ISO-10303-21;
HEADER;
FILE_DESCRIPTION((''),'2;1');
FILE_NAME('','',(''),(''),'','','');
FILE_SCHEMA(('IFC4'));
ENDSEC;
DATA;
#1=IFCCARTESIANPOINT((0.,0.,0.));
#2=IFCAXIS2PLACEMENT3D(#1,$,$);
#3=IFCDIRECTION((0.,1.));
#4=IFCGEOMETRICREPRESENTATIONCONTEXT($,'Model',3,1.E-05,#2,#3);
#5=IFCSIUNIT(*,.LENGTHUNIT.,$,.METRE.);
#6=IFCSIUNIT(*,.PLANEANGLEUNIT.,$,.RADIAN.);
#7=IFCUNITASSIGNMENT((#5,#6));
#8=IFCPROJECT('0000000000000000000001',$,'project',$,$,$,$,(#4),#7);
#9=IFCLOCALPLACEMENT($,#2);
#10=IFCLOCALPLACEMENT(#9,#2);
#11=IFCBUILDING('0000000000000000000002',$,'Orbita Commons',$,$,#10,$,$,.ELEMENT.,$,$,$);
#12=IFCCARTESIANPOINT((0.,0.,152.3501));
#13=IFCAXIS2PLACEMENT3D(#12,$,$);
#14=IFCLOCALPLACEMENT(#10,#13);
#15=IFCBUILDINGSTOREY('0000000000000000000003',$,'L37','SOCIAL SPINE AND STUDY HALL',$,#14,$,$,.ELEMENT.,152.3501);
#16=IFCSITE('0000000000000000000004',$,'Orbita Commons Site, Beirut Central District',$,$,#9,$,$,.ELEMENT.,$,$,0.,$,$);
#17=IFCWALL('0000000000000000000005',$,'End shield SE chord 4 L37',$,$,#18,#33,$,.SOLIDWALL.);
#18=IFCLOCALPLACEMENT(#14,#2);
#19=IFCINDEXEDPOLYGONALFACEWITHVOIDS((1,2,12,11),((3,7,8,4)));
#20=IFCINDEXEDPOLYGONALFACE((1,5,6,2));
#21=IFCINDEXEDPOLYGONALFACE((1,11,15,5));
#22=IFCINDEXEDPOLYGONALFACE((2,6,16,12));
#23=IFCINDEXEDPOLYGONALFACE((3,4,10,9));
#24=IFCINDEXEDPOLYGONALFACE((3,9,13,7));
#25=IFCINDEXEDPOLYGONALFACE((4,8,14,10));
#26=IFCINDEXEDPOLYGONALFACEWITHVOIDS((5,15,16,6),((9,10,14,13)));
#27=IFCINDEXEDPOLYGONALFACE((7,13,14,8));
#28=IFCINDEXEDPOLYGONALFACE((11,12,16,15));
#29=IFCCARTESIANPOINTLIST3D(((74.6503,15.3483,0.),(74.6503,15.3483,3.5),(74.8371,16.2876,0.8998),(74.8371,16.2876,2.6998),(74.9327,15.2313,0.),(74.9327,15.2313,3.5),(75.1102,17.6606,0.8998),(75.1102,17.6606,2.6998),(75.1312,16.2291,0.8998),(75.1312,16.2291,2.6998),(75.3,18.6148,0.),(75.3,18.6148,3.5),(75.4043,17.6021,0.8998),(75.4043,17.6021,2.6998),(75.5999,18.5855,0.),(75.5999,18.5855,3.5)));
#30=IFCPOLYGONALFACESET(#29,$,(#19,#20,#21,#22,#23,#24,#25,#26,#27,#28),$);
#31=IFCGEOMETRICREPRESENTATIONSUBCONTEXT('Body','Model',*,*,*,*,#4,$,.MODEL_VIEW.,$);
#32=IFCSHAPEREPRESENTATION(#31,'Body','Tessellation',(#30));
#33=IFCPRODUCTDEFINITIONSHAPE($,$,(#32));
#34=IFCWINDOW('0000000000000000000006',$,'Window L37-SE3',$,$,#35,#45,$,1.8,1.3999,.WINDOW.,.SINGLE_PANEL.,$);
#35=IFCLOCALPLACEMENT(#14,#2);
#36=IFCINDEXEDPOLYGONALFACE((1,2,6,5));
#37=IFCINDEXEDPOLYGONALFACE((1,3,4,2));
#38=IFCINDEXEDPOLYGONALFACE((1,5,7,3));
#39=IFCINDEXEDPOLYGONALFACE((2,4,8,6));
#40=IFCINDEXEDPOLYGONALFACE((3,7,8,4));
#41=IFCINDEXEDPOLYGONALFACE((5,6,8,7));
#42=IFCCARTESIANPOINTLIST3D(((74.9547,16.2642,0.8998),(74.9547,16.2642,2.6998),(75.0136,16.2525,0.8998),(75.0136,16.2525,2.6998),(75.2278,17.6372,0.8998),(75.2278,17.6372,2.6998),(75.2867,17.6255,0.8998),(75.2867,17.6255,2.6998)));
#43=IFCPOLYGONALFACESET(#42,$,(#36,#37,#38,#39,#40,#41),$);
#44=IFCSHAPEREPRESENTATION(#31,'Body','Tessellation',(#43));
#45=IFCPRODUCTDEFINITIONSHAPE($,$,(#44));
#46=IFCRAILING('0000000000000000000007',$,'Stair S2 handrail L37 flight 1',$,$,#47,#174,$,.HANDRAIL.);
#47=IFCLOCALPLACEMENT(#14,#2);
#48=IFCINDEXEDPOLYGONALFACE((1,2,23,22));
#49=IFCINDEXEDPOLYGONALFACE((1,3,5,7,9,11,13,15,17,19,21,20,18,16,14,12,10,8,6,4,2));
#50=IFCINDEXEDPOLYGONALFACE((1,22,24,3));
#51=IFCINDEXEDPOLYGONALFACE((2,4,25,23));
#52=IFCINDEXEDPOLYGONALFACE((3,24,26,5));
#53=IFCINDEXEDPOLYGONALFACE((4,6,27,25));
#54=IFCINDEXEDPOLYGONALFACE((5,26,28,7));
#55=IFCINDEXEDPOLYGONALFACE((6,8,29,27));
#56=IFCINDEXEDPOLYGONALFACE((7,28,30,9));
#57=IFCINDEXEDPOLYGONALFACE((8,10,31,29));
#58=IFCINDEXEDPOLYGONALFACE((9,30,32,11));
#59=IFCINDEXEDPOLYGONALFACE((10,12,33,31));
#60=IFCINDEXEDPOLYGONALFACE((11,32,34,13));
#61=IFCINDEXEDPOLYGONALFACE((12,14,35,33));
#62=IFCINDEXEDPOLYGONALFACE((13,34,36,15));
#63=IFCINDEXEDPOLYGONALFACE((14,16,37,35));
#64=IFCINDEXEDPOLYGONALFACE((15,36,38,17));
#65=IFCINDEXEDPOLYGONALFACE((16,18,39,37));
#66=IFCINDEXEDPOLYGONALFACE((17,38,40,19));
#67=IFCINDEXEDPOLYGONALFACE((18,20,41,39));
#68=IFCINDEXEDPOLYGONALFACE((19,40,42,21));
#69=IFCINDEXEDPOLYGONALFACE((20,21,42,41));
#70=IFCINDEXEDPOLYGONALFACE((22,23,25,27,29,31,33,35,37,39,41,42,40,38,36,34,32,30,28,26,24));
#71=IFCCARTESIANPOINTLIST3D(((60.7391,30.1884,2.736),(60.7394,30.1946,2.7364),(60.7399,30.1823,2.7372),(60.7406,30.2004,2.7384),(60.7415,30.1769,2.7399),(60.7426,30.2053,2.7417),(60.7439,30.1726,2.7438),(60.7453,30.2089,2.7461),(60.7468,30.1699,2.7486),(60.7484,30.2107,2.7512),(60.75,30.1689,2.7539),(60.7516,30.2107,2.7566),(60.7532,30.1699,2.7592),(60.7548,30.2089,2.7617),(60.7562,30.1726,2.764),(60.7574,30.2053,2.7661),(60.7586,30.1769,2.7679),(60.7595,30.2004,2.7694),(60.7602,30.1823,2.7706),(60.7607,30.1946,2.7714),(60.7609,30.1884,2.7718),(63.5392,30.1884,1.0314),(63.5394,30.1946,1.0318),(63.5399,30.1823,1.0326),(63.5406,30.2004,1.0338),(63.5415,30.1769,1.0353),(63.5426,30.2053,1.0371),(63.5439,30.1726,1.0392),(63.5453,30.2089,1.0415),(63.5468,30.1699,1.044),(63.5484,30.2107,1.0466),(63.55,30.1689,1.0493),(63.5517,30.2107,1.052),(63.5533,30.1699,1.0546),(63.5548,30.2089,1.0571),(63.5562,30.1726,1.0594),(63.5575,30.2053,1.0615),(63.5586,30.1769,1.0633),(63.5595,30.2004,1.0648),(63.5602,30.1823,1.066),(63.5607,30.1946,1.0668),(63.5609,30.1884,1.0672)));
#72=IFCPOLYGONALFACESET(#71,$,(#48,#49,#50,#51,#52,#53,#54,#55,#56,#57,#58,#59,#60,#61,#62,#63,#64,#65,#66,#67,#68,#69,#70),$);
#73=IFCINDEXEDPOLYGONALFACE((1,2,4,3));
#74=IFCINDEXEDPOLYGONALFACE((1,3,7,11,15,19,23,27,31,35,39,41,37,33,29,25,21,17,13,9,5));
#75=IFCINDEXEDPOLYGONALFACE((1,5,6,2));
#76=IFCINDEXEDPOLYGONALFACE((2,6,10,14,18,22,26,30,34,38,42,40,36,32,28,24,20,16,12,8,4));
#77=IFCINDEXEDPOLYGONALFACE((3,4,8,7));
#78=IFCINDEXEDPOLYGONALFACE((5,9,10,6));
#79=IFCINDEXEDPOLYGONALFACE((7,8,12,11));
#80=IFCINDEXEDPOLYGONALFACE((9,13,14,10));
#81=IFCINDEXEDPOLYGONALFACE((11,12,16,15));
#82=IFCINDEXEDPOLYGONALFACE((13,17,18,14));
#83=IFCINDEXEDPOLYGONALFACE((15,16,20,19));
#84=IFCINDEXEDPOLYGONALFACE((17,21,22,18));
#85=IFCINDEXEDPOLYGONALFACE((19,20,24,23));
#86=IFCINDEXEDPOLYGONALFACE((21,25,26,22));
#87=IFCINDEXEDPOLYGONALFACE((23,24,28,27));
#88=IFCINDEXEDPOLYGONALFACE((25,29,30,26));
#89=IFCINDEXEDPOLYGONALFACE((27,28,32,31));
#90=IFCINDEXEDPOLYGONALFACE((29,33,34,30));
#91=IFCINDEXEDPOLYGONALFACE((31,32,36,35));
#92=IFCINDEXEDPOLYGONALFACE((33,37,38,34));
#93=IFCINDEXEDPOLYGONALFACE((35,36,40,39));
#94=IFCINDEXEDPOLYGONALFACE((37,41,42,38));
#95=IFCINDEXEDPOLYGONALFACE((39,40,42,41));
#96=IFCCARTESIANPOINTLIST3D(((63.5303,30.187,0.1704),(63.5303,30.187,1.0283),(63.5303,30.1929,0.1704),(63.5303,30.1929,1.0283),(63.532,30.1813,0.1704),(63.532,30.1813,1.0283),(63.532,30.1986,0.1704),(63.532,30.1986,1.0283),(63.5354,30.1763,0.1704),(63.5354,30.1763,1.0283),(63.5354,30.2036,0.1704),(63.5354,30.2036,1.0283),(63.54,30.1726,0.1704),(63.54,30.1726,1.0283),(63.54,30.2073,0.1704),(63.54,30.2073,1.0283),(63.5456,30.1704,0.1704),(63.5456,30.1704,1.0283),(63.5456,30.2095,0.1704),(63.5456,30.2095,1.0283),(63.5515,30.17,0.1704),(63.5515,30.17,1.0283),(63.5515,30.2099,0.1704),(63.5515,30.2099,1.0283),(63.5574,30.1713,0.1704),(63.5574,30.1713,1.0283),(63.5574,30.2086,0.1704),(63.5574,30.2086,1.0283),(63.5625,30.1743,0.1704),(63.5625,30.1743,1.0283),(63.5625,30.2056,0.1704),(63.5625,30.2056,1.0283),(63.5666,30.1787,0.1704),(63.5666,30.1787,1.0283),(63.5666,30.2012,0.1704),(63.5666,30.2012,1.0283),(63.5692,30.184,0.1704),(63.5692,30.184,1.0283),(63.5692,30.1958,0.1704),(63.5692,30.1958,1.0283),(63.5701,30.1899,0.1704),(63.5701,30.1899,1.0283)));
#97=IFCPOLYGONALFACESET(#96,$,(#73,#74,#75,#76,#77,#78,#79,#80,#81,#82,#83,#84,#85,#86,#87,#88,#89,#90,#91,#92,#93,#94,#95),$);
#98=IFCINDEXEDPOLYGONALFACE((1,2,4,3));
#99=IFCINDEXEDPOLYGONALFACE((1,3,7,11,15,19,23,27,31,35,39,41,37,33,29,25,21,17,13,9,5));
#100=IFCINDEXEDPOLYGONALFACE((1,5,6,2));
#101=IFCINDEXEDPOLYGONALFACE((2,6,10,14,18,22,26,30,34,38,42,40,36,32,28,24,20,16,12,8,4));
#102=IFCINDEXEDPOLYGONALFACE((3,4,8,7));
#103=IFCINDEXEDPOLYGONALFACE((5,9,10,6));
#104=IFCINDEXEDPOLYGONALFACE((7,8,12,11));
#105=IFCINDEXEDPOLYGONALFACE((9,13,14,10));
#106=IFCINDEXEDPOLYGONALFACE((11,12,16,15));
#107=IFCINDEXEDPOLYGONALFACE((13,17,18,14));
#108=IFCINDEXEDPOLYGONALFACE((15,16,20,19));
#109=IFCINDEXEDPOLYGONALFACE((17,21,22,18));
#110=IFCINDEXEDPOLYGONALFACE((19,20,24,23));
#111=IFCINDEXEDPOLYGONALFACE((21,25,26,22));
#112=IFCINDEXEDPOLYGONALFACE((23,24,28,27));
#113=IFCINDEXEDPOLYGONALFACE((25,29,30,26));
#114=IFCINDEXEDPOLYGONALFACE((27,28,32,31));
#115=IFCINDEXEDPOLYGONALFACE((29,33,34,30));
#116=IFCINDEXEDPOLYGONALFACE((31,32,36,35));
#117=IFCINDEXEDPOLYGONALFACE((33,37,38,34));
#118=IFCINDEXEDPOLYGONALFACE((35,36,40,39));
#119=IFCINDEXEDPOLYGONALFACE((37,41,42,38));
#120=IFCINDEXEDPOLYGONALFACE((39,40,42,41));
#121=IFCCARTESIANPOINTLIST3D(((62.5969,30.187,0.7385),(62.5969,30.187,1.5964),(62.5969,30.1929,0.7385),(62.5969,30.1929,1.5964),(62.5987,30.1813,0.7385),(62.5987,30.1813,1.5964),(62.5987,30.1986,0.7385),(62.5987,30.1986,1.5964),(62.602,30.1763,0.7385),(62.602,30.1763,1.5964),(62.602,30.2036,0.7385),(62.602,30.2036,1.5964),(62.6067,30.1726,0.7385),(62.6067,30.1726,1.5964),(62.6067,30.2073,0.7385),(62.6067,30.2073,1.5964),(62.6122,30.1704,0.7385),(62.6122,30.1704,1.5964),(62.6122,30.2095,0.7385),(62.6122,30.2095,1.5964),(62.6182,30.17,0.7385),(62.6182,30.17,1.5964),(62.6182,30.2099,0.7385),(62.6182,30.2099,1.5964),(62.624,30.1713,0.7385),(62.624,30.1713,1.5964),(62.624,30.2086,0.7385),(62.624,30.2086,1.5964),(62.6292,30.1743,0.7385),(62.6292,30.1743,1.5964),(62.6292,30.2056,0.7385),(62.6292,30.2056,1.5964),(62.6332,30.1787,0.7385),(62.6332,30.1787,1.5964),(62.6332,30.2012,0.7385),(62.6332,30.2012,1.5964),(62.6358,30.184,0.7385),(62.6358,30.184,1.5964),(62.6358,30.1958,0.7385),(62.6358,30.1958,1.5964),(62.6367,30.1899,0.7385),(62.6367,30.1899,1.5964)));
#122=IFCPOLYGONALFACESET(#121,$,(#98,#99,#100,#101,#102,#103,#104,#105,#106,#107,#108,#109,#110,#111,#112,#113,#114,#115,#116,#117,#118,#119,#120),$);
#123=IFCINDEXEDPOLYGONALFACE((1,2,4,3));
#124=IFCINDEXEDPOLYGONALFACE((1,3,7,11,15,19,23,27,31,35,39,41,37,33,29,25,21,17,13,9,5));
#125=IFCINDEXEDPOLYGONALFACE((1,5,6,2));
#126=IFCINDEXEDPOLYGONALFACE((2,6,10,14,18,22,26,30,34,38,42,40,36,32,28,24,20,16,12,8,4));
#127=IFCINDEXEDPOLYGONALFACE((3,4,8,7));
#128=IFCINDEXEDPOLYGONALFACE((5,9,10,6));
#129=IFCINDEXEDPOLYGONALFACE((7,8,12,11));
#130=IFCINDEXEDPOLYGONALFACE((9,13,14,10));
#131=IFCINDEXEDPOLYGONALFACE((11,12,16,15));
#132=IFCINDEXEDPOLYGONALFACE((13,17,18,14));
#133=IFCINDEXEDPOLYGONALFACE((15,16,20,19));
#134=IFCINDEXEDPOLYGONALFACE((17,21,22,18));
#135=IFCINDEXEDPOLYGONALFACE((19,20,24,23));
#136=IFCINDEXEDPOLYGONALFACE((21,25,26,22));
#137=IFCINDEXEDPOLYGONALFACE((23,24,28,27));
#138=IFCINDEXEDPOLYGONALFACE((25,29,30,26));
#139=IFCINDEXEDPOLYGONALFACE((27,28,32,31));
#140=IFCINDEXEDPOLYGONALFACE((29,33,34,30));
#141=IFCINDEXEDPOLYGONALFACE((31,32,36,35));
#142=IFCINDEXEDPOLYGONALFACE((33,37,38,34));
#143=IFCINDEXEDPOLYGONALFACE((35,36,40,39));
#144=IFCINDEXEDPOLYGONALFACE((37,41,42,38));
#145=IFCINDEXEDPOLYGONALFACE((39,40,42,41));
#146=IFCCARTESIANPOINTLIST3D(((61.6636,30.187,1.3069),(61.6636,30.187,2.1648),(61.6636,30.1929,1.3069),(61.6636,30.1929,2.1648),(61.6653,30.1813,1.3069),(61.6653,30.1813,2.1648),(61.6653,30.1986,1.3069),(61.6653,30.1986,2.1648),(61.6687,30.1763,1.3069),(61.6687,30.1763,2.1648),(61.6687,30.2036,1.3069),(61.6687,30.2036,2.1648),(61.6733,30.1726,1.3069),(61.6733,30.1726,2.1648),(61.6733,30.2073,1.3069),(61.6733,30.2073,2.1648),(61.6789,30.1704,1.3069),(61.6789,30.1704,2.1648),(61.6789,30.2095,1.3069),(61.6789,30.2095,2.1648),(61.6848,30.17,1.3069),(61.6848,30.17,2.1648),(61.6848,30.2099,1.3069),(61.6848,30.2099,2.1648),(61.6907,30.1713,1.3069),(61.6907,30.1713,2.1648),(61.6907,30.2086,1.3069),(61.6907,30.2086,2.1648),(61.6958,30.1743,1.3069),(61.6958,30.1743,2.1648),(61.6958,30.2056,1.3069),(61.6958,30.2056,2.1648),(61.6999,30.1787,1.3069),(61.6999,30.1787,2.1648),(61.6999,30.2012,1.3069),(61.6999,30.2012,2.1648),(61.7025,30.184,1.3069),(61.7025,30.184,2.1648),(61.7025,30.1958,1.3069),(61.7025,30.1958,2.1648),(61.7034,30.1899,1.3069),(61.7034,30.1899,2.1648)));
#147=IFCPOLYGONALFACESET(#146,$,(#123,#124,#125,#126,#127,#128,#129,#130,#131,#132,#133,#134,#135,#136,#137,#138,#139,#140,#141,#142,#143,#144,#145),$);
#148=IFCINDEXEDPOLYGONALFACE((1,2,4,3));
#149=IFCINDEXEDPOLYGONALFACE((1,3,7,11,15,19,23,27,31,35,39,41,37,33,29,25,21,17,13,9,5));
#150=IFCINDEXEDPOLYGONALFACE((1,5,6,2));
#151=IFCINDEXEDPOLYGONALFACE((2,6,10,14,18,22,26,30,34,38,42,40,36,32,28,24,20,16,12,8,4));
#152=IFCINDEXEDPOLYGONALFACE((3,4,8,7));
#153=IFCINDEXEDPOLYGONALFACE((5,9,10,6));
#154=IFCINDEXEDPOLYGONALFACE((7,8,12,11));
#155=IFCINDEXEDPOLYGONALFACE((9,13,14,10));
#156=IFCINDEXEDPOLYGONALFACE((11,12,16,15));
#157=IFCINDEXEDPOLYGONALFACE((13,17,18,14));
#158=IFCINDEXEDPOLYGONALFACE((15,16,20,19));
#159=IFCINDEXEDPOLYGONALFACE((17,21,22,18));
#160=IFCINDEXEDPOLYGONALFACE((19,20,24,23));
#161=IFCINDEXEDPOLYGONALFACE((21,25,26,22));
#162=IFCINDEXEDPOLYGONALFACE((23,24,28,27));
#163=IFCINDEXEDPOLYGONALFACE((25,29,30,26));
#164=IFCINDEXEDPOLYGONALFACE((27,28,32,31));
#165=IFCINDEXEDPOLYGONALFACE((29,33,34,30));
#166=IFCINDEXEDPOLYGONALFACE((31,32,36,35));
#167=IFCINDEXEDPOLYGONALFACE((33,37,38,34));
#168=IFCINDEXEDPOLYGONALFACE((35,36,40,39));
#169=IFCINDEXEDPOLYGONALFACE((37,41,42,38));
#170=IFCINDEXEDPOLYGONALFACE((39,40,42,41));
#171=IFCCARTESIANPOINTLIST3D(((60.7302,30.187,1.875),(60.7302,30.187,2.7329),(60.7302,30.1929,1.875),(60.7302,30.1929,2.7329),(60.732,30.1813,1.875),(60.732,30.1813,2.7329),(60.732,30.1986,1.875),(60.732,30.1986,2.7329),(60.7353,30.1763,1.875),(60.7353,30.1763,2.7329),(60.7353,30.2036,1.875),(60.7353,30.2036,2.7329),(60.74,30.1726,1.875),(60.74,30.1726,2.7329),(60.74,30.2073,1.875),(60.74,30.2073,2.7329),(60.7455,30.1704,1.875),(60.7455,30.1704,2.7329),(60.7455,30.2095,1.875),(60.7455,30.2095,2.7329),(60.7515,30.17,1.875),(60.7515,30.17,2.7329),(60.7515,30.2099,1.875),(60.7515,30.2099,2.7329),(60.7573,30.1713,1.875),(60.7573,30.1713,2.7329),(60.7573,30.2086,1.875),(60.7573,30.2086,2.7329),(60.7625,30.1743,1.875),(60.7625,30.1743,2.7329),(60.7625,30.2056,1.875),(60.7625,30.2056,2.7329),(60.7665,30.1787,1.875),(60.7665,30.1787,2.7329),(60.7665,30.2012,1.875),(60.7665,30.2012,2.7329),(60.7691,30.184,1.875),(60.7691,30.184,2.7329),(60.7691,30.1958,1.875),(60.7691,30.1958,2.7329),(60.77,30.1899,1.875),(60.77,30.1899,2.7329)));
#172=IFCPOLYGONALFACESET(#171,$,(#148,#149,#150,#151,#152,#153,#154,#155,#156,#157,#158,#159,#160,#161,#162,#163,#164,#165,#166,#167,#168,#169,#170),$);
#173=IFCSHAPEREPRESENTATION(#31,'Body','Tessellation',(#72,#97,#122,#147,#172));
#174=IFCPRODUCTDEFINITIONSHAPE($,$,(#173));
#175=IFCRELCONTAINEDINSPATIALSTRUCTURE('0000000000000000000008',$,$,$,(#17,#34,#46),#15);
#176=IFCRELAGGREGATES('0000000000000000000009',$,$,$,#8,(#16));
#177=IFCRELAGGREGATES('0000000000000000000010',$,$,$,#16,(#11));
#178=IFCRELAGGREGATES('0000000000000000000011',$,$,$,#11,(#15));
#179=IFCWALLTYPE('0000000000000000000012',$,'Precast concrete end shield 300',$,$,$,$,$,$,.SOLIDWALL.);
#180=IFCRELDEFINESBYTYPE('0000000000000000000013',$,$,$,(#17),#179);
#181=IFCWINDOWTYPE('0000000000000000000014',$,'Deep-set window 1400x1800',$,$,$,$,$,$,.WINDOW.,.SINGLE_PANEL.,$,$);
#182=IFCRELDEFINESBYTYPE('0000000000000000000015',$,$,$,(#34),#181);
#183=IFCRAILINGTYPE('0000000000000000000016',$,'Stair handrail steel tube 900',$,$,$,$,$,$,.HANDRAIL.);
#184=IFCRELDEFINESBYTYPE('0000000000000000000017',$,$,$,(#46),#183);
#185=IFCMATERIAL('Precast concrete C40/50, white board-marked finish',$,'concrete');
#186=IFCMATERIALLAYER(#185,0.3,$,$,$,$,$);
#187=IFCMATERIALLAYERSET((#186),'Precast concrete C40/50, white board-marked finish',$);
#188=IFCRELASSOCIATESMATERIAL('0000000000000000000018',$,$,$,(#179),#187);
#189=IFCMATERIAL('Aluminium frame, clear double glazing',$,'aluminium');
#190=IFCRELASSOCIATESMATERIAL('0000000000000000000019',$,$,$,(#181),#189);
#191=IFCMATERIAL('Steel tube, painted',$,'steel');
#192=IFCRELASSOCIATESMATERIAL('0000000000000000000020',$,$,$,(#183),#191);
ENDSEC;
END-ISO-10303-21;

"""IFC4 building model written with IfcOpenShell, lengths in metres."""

from ifc_helpers import new_model, si_unit, direction, frame, frame_2d, origin, origin_2d, place, context, subcontext, project, spatial, polyline, rectangle, circle, outline, extrude, material, layer, layer_set, type_object, element, fill, save


model = new_model("IFC4")

# Units and contexts
model_context = context("Model", 3, precision=1e-05, world=origin(), true_north=direction((0.0, 1.0)))
body_context = subcontext(model_context, "Body", "Model", "MODEL_VIEW")
ifc_project = project(units=[si_unit("LENGTHUNIT", "METRE"), si_unit("PLANEANGLEUNIT", "RADIAN")], contexts=[model_context])

# Site, building, storey
site_placement = place(None, origin())
site = spatial("IfcSite", under=ifc_project, at=site_placement, Name="Orbita Commons Site, Beirut Central District", CompositionType="ELEMENT", RefElevation=0.0)
building_placement = place(site_placement, origin())
building = spatial("IfcBuilding", under=site, at=building_placement, Name="Orbita Commons", CompositionType="ELEMENT")
storey_placement = place(building_placement, frame((0.0, 0.0, 152.3501)))
storey = spatial("IfcBuildingStorey", under=building, at=storey_placement, Name="L37", Description="SOCIAL SPINE AND STUDY HALL", CompositionType="ELEMENT", Elevation=152.3501)

# Shared definitions
ifc_material_1 = material(Name="Precast concrete C40/50, white board-marked finish", Category="concrete")
ifc_layer_1 = layer(ifc_material_1, 0.3)
ifc_layer_set_1 = layer_set([ifc_layer_1], Name="Precast concrete C40/50, white board-marked finish")
wall_type_1 = type_object("IfcWallType", Name="Precast concrete end shield 300", PredefinedType="SOLIDWALL", material=ifc_layer_set_1)

# Wall, opening, window
ifc_material_2 = material(Name="Aluminium frame, clear double glazing", Category="aluminium")
window_type_1 = type_object("IfcWindowType", Name="Deep-set window 1400x1800", PartitioningType="SINGLE_PANEL", PredefinedType="WINDOW", material=ifc_material_2)
wall_1_placement = place(storey_placement, frame((74.7915, 15.2898, 0.0), z_axis=(0.0, 0.0, 1.0), x_axis=(0.195087, 0.980786, 0.0)))
wall_1 = element("IfcWall", 1, at=wall_1_placement, inside=storey, type_object=wall_type_1, Name="End shield SE chord 4 L37", PredefinedType="SOLIDWALL", context=body_context, shape_type="SweptSolid", body=[
    extrude(outline(polyline([(-0.0298, -0.1499), (3.3901, -0.1499), (3.3604, 0.1499), (0.0298, 0.1499), (-0.0298, -0.1499)])), origin(), (0.0, 0.0, 1.0), 3.5),
])
opening_1_placement = place(wall_1_placement, frame((0.9875, 0.0, 0.8999)))
opening_1 = element("IfcOpeningElement", 2, at=opening_1_placement, cuts=wall_1, PredefinedType="OPENING", context=body_context, shape_type="SweptSolid", body=[
    extrude(rectangle(XDim=1.3999, YDim=1.8, at=frame_2d((0.7, 0.8999))), frame((0.0, 0.1599, 0.0), z_axis=(0.0, -1.0, 0.0), x_axis=(1.0, 0.0, 0.0)), (0.0, 0.0, 1.0), 0.3201),
])
window_1_placement = place(opening_1_placement, origin())
window_1 = element("IfcWindow", 3, at=window_1_placement, inside=storey, type_object=window_type_1, Name="Window L37-SE3", OverallHeight=1.8, OverallWidth=1.3999, PartitioningType="SINGLE_PANEL", PredefinedType="WINDOW", context=body_context, shape_type="SweptSolid", body=[
    extrude(rectangle(XDim=1.3999, YDim=1.8, at=frame_2d((0.7, 0.8999))), frame((0.0, 0.03, 0.0), z_axis=(0.0, -1.0, 0.0), x_axis=(1.0, 0.0, 0.0)), (0.0, 0.0, 1.0), 0.0601),
])
fill(opening_1, window_1)

# Railing
ifc_material_3 = material(Name="Steel tube, painted", Category="steel")
railing_type = type_object("IfcRailingType", Name="Stair handrail steel tube 900", PredefinedType="HANDRAIL", material=ifc_material_3)
railing_placement = place(storey_placement, frame((63.55, 30.1899, 0.1704)))
element("IfcRailing", 4, at=railing_placement, inside=storey, type_object=railing_type, Name="Stair S2 handrail L37 flight 1", PredefinedType="HANDRAIL", context=body_context, shape_type="SweptSolid", body=[
    extrude(circle(Radius=0.021, at=origin_2d()), frame((0.0, 0.0, 0.8789), z_axis=(-0.85417, 0.0, 0.519994), x_axis=(0.0, -1.0, 0.0)), (0.0, 0.0, 1.0), 3.2781),
    extrude(circle(Radius=0.02, at=origin_2d()), origin(), (0.0, 0.0, 1.0), 0.8579),
    extrude(circle(Radius=0.02, at=origin_2d()), frame((-0.9333, 0.0, 0.5681)), (0.0, 0.0, 1.0), 0.8579),
    extrude(circle(Radius=0.02, at=origin_2d()), frame((-1.8667, 0.0, 1.1365)), (0.0, 0.0, 1.0), 0.8579),
    extrude(circle(Radius=0.02, at=origin_2d()), frame((-2.8, 0.0, 1.7046)), (0.0, 0.0, 1.0), 0.8579),
])

save(model, "model.ifc")
